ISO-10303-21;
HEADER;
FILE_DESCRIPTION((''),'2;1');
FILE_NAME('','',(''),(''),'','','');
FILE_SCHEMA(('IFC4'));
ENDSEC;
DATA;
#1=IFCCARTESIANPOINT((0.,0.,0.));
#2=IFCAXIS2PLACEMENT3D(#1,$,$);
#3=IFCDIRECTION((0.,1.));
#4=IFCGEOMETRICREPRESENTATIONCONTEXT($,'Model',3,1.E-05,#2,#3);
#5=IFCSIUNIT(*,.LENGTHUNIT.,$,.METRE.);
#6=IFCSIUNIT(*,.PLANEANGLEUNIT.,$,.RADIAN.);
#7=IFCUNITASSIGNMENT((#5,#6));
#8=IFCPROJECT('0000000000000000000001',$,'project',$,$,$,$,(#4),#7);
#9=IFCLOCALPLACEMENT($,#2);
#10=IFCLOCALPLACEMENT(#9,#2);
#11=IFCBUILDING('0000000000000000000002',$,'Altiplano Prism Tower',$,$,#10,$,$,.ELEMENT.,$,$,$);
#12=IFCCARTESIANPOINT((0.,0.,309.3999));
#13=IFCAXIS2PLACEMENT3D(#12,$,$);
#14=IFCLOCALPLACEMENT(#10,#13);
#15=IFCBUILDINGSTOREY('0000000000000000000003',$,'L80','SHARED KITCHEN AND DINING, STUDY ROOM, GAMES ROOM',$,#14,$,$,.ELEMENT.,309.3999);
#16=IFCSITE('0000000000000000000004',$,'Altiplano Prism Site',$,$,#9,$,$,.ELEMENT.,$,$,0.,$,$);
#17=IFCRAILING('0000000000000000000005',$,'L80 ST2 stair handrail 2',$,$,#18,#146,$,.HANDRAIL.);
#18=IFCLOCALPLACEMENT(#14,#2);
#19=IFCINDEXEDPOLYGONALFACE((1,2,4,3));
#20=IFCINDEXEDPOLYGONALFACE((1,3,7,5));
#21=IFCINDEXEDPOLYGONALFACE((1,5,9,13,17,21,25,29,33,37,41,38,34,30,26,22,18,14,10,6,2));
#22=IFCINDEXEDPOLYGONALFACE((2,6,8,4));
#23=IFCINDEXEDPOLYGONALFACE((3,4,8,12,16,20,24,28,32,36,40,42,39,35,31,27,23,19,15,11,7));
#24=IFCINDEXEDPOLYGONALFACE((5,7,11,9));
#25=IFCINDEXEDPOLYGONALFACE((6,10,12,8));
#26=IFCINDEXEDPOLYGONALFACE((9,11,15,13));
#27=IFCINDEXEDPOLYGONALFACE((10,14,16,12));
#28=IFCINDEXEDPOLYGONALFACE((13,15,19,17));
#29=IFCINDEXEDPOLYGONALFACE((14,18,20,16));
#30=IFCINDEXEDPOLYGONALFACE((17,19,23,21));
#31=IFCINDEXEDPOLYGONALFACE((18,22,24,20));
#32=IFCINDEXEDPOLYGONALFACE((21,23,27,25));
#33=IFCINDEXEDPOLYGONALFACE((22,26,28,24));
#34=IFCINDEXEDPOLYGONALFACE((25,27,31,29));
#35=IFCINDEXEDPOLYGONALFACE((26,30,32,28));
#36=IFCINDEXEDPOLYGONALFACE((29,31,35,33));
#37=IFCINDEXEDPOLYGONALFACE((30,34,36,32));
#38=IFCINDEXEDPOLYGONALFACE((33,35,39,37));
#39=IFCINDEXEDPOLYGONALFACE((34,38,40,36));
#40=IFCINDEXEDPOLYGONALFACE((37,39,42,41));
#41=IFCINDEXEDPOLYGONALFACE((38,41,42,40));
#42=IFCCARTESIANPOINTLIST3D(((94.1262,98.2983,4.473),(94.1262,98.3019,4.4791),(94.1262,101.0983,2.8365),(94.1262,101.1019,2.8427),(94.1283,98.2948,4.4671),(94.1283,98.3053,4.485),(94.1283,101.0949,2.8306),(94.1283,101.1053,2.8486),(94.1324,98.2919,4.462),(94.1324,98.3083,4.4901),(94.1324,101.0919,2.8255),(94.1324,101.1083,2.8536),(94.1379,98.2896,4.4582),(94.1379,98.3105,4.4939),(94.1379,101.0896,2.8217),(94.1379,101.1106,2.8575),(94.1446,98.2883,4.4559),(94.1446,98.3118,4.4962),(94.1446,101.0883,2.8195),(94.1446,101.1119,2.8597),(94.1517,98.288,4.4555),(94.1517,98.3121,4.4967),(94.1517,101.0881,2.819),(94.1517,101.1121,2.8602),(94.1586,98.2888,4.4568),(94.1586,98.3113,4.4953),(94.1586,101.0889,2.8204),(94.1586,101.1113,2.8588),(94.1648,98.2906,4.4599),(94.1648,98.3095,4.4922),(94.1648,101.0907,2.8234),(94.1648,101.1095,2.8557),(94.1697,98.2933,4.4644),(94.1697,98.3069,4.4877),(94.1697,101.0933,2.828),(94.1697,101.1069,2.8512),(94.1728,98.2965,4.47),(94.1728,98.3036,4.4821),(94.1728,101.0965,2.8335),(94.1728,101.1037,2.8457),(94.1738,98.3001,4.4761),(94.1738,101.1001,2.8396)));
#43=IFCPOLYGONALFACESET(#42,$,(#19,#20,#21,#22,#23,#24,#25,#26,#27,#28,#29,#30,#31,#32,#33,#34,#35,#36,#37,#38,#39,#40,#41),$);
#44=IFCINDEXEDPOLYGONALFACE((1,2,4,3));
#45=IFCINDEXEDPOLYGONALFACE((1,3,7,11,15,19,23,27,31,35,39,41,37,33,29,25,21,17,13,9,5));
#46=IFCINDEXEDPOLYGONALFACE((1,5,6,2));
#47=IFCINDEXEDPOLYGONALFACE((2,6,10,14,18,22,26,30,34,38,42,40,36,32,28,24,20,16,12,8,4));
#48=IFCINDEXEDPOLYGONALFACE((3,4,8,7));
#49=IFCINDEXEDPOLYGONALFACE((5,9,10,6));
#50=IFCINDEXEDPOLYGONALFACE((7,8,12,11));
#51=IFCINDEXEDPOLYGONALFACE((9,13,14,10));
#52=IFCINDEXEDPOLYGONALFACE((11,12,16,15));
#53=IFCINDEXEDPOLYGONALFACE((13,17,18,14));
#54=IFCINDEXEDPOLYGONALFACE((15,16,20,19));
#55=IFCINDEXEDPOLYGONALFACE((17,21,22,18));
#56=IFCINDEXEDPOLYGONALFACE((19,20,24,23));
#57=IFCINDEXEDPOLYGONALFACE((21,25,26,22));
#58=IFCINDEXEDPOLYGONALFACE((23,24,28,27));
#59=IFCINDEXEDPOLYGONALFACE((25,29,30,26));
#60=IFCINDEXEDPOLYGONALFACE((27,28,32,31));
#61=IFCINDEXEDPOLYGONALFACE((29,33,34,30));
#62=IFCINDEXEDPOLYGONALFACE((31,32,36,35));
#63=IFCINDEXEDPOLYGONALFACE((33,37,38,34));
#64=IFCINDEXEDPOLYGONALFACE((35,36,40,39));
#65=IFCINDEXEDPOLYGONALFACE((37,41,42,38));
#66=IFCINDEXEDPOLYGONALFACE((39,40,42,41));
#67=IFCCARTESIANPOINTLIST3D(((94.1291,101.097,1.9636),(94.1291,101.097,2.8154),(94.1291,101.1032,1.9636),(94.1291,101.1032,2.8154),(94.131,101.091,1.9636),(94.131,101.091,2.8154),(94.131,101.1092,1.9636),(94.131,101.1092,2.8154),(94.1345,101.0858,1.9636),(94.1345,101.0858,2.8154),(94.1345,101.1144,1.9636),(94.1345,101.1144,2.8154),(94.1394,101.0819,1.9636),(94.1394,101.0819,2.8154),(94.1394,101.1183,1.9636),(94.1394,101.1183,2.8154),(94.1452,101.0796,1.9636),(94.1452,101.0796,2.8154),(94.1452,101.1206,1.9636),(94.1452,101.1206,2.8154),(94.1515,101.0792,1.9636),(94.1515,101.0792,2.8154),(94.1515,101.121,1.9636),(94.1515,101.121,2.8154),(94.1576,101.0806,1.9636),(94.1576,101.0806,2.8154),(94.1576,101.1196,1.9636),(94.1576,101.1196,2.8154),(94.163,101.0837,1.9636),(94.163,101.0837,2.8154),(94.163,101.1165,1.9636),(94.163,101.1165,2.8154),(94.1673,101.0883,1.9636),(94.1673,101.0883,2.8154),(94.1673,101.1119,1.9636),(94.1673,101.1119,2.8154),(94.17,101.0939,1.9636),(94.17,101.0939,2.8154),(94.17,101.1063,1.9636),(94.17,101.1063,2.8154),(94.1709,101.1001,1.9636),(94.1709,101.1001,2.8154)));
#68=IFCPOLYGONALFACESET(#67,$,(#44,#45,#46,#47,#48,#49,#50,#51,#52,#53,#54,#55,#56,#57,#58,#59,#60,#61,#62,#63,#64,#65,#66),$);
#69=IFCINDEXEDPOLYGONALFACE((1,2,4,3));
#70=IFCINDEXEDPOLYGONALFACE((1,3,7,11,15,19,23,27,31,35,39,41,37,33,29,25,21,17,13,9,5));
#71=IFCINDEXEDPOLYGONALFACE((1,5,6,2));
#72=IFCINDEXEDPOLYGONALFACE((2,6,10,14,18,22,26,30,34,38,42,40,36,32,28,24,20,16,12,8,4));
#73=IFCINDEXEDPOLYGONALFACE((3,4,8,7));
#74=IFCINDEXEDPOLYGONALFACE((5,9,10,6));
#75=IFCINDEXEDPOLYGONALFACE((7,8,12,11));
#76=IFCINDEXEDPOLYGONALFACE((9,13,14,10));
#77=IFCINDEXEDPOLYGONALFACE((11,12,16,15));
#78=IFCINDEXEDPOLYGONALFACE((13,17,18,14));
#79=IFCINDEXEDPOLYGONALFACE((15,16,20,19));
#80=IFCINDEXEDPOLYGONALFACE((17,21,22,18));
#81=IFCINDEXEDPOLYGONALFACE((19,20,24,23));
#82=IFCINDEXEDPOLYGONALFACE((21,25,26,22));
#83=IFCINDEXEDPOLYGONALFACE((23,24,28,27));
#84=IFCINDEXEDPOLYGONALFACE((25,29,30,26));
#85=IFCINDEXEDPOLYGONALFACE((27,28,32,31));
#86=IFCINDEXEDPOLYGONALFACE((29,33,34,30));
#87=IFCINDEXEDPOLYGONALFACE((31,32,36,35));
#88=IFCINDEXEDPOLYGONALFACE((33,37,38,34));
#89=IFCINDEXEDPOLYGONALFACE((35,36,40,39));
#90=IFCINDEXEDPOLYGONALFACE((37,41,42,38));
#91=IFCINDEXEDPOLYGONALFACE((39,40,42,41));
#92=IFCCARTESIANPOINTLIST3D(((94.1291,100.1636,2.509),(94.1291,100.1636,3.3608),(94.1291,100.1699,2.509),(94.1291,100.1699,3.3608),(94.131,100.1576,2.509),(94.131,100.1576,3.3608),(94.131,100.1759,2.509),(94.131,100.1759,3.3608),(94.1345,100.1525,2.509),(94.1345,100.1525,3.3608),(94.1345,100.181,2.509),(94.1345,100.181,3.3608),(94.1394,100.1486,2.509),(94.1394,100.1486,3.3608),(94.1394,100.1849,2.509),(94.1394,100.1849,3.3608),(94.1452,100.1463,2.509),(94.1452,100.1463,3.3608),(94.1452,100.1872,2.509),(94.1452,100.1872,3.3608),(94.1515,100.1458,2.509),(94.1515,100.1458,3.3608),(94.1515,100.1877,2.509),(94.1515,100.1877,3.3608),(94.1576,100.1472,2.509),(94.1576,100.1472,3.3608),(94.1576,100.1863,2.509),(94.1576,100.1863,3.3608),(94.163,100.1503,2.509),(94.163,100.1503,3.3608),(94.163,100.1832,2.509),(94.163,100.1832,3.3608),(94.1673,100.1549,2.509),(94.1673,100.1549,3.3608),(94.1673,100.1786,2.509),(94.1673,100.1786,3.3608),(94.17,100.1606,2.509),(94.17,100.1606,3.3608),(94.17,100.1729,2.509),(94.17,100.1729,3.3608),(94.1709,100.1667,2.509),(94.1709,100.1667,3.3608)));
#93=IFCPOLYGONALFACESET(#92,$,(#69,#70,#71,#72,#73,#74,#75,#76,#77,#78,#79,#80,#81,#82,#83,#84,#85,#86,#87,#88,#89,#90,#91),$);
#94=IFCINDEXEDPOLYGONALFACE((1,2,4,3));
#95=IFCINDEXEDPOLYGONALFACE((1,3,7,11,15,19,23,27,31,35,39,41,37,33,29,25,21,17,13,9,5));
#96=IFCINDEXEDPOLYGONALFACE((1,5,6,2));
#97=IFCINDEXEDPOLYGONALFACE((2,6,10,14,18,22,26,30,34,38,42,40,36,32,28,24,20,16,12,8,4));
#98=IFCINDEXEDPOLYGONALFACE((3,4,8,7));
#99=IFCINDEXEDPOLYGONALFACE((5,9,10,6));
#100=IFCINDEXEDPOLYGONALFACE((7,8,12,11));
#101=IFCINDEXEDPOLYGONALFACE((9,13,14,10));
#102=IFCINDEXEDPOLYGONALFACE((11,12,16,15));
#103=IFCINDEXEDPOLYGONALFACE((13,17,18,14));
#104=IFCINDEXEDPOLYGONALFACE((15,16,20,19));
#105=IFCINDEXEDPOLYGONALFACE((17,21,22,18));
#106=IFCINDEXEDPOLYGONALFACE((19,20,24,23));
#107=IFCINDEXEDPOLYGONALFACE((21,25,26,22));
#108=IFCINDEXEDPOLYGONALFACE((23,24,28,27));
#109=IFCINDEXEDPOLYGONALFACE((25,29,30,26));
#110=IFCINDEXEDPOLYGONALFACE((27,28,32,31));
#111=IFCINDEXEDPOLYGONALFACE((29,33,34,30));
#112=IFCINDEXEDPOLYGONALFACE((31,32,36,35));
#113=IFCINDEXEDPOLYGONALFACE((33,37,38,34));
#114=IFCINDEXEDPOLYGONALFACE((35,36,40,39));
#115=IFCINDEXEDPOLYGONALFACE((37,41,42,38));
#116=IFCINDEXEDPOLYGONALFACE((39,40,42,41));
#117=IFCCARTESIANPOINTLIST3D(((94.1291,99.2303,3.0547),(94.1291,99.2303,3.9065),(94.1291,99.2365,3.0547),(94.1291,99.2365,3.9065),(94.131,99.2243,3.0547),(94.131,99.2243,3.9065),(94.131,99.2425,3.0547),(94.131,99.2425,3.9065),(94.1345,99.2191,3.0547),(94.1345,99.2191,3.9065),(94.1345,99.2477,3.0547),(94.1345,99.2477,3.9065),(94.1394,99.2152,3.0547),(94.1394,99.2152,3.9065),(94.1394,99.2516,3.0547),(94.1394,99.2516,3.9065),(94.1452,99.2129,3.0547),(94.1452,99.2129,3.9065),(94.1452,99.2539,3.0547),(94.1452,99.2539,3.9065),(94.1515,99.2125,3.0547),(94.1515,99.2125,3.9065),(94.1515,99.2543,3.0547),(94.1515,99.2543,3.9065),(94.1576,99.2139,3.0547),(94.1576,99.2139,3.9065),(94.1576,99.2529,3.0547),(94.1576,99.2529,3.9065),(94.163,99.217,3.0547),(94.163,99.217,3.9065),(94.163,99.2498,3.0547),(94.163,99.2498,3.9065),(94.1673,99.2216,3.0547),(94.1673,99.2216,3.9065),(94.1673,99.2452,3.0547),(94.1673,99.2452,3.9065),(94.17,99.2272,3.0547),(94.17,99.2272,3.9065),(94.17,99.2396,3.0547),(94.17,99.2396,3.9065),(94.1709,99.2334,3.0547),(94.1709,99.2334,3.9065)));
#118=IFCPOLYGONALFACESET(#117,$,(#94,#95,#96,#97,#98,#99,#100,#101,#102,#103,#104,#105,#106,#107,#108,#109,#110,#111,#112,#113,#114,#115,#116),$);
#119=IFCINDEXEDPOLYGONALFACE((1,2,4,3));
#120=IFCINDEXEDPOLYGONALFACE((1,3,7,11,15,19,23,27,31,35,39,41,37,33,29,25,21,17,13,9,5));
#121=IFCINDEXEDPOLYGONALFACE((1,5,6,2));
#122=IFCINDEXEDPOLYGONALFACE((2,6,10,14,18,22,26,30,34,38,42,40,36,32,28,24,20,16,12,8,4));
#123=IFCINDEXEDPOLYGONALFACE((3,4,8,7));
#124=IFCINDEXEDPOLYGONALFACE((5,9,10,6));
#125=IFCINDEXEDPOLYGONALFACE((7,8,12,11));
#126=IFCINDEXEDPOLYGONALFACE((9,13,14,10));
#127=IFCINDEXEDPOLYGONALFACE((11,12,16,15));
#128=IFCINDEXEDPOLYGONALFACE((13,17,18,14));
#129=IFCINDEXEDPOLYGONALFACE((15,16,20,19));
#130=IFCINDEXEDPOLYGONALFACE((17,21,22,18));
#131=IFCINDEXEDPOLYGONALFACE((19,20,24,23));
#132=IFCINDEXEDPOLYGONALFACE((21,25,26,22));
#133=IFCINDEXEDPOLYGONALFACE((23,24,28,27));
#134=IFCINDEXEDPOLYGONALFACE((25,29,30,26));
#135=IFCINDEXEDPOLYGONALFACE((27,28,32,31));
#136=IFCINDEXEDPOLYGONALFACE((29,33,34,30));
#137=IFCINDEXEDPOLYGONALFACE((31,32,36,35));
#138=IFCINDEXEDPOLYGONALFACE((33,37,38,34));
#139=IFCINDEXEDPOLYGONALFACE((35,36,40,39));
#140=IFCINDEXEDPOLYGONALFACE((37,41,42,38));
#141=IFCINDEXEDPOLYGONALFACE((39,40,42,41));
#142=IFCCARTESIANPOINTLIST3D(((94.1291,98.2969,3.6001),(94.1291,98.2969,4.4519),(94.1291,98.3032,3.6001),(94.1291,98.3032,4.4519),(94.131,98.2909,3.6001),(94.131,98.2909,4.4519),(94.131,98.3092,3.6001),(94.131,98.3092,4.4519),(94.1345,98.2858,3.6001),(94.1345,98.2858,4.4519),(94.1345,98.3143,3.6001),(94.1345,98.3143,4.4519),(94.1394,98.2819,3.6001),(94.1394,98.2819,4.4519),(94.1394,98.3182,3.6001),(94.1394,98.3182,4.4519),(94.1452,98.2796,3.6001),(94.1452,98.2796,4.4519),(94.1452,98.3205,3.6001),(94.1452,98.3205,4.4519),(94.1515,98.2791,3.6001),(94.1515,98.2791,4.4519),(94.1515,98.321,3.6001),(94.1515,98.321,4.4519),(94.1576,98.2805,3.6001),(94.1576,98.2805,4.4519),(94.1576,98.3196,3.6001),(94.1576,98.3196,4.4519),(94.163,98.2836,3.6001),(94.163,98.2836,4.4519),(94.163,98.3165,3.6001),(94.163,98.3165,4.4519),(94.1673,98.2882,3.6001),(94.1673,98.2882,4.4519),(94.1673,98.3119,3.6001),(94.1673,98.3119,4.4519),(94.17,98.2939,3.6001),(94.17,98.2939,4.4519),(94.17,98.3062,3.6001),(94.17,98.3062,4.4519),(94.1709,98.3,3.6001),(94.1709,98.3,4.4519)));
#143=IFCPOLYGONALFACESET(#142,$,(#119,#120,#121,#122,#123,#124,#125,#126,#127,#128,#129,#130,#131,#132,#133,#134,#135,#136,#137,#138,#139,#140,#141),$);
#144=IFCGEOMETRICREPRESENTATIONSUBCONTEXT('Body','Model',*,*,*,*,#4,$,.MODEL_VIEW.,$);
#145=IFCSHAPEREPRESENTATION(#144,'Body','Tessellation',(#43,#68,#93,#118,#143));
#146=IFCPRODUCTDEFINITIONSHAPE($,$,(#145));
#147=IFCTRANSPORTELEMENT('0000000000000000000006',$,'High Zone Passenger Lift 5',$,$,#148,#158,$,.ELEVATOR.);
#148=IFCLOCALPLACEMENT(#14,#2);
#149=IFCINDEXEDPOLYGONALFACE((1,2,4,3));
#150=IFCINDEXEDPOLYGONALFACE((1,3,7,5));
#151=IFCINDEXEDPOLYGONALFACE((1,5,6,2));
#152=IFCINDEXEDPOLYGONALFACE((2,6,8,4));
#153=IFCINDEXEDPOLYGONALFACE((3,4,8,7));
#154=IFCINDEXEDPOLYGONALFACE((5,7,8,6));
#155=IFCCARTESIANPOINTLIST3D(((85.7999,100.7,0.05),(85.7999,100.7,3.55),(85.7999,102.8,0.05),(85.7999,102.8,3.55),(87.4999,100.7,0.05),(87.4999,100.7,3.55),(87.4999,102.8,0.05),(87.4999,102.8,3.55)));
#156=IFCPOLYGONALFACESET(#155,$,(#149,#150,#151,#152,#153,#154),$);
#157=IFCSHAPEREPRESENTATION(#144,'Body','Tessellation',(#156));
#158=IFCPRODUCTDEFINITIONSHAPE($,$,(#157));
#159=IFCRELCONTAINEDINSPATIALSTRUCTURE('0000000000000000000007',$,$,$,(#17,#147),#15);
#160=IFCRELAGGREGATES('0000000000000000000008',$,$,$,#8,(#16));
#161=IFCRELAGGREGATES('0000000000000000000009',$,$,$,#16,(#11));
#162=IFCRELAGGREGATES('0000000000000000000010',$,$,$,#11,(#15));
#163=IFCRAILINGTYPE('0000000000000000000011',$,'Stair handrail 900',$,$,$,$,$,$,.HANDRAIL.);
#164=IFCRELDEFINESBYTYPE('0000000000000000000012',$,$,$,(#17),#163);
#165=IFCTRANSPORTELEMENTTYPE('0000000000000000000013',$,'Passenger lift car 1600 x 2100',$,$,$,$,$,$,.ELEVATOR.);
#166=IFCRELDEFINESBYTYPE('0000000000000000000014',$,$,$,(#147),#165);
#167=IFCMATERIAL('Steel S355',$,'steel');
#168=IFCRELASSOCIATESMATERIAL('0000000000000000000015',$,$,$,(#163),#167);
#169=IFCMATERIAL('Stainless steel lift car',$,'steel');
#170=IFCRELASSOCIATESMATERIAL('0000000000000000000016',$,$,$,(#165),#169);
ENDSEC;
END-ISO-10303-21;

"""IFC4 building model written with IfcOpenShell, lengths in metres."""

from ifc_helpers import new_model, si_unit, direction, frame, origin, origin_2d, place, context, subcontext, project, spatial, rectangle, circle, extrude, material, type_object, element, save


model = new_model("IFC4")

# Units and contexts
model_context = context("Model", 3, precision=1e-05, world=origin(), true_north=direction((0.0, 1.0)))
body_context = subcontext(model_context, "Body", "Model", "MODEL_VIEW")
ifc_project = project(units=[si_unit("LENGTHUNIT", "METRE"), si_unit("PLANEANGLEUNIT", "RADIAN")], contexts=[model_context])

# Site, building, storey
site_placement = place(None, origin())
site = spatial("IfcSite", under=ifc_project, at=site_placement, Name="Altiplano Prism Site", CompositionType="ELEMENT", RefElevation=0.0)
building_placement = place(site_placement, origin())
building = spatial("IfcBuilding", under=site, at=building_placement, Name="Altiplano Prism Tower", CompositionType="ELEMENT")
storey_placement = place(building_placement, frame((0.0, 0.0, 309.3999)))
storey = spatial("IfcBuildingStorey", under=building, at=storey_placement, Name="L80", Description="SHARED KITCHEN AND DINING, STUDY ROOM, GAMES ROOM", CompositionType="ELEMENT", Elevation=309.3999)

# Railing
ifc_material_1 = material(Name="Steel S355", Category="steel")
railing_type_1 = type_object("IfcRailingType", Name="Stair handrail 900", PredefinedType="HANDRAIL", material=ifc_material_1)
railing_1_placement = place(storey_placement, frame((94.1499, 101.1001, 1.9636)))
element("IfcRailing", 1, at=railing_1_placement, inside=storey, type_object=railing_type_1, Name="L80 ST2 stair handrail 2", PredefinedType="HANDRAIL", context=body_context, shape_type="SweptSolid", body=[
    extrude(circle(Radius=0.0239, at=origin_2d()), frame((0.0, 0.0, 0.876), z_axis=(0.0, -0.863361, 0.504587), x_axis=(1.0, 0.0, 0.0)), (0.0, 0.0, 1.0), 3.2432),
    extrude(circle(Radius=0.021, at=origin_2d()), origin(), (0.0, 0.0, 1.0), 0.8518),
    extrude(circle(Radius=0.021, at=origin_2d()), frame((0.0, -0.9333, 0.5454)), (0.0, 0.0, 1.0), 0.8518),
    extrude(circle(Radius=0.021, at=origin_2d()), frame((0.0, -1.8667, 1.0911)), (0.0, 0.0, 1.0), 0.8518),
    extrude(circle(Radius=0.021, at=origin_2d()), frame((0.0, -2.8, 1.6365)), (0.0, 0.0, 1.0), 0.8518),
])

# Transport element
ifc_material_2 = material(Name="Stainless steel lift car", Category="steel")
transport_element_type = type_object("IfcTransportElementType", Name="Passenger lift car 1600 x 2100", PredefinedType="ELEVATOR", material=ifc_material_2)
transport_element_placement = place(storey_placement, frame((86.6499, 101.75, 0.05), z_axis=(0.0, 0.0, 1.0), x_axis=(1.0, 0.0, 0.0)))
element("IfcTransportElement", 2, at=transport_element_placement, inside=storey, type_object=transport_element_type, Name="High Zone Passenger Lift 5", PredefinedType="ELEVATOR", context=body_context, shape_type="SweptSolid", body=[
    extrude(rectangle(XDim=1.7, YDim=2.1001, at=origin_2d()), origin(), (0.0, 0.0, 1.0), 3.5),
])

save(model, "model.ifc")
